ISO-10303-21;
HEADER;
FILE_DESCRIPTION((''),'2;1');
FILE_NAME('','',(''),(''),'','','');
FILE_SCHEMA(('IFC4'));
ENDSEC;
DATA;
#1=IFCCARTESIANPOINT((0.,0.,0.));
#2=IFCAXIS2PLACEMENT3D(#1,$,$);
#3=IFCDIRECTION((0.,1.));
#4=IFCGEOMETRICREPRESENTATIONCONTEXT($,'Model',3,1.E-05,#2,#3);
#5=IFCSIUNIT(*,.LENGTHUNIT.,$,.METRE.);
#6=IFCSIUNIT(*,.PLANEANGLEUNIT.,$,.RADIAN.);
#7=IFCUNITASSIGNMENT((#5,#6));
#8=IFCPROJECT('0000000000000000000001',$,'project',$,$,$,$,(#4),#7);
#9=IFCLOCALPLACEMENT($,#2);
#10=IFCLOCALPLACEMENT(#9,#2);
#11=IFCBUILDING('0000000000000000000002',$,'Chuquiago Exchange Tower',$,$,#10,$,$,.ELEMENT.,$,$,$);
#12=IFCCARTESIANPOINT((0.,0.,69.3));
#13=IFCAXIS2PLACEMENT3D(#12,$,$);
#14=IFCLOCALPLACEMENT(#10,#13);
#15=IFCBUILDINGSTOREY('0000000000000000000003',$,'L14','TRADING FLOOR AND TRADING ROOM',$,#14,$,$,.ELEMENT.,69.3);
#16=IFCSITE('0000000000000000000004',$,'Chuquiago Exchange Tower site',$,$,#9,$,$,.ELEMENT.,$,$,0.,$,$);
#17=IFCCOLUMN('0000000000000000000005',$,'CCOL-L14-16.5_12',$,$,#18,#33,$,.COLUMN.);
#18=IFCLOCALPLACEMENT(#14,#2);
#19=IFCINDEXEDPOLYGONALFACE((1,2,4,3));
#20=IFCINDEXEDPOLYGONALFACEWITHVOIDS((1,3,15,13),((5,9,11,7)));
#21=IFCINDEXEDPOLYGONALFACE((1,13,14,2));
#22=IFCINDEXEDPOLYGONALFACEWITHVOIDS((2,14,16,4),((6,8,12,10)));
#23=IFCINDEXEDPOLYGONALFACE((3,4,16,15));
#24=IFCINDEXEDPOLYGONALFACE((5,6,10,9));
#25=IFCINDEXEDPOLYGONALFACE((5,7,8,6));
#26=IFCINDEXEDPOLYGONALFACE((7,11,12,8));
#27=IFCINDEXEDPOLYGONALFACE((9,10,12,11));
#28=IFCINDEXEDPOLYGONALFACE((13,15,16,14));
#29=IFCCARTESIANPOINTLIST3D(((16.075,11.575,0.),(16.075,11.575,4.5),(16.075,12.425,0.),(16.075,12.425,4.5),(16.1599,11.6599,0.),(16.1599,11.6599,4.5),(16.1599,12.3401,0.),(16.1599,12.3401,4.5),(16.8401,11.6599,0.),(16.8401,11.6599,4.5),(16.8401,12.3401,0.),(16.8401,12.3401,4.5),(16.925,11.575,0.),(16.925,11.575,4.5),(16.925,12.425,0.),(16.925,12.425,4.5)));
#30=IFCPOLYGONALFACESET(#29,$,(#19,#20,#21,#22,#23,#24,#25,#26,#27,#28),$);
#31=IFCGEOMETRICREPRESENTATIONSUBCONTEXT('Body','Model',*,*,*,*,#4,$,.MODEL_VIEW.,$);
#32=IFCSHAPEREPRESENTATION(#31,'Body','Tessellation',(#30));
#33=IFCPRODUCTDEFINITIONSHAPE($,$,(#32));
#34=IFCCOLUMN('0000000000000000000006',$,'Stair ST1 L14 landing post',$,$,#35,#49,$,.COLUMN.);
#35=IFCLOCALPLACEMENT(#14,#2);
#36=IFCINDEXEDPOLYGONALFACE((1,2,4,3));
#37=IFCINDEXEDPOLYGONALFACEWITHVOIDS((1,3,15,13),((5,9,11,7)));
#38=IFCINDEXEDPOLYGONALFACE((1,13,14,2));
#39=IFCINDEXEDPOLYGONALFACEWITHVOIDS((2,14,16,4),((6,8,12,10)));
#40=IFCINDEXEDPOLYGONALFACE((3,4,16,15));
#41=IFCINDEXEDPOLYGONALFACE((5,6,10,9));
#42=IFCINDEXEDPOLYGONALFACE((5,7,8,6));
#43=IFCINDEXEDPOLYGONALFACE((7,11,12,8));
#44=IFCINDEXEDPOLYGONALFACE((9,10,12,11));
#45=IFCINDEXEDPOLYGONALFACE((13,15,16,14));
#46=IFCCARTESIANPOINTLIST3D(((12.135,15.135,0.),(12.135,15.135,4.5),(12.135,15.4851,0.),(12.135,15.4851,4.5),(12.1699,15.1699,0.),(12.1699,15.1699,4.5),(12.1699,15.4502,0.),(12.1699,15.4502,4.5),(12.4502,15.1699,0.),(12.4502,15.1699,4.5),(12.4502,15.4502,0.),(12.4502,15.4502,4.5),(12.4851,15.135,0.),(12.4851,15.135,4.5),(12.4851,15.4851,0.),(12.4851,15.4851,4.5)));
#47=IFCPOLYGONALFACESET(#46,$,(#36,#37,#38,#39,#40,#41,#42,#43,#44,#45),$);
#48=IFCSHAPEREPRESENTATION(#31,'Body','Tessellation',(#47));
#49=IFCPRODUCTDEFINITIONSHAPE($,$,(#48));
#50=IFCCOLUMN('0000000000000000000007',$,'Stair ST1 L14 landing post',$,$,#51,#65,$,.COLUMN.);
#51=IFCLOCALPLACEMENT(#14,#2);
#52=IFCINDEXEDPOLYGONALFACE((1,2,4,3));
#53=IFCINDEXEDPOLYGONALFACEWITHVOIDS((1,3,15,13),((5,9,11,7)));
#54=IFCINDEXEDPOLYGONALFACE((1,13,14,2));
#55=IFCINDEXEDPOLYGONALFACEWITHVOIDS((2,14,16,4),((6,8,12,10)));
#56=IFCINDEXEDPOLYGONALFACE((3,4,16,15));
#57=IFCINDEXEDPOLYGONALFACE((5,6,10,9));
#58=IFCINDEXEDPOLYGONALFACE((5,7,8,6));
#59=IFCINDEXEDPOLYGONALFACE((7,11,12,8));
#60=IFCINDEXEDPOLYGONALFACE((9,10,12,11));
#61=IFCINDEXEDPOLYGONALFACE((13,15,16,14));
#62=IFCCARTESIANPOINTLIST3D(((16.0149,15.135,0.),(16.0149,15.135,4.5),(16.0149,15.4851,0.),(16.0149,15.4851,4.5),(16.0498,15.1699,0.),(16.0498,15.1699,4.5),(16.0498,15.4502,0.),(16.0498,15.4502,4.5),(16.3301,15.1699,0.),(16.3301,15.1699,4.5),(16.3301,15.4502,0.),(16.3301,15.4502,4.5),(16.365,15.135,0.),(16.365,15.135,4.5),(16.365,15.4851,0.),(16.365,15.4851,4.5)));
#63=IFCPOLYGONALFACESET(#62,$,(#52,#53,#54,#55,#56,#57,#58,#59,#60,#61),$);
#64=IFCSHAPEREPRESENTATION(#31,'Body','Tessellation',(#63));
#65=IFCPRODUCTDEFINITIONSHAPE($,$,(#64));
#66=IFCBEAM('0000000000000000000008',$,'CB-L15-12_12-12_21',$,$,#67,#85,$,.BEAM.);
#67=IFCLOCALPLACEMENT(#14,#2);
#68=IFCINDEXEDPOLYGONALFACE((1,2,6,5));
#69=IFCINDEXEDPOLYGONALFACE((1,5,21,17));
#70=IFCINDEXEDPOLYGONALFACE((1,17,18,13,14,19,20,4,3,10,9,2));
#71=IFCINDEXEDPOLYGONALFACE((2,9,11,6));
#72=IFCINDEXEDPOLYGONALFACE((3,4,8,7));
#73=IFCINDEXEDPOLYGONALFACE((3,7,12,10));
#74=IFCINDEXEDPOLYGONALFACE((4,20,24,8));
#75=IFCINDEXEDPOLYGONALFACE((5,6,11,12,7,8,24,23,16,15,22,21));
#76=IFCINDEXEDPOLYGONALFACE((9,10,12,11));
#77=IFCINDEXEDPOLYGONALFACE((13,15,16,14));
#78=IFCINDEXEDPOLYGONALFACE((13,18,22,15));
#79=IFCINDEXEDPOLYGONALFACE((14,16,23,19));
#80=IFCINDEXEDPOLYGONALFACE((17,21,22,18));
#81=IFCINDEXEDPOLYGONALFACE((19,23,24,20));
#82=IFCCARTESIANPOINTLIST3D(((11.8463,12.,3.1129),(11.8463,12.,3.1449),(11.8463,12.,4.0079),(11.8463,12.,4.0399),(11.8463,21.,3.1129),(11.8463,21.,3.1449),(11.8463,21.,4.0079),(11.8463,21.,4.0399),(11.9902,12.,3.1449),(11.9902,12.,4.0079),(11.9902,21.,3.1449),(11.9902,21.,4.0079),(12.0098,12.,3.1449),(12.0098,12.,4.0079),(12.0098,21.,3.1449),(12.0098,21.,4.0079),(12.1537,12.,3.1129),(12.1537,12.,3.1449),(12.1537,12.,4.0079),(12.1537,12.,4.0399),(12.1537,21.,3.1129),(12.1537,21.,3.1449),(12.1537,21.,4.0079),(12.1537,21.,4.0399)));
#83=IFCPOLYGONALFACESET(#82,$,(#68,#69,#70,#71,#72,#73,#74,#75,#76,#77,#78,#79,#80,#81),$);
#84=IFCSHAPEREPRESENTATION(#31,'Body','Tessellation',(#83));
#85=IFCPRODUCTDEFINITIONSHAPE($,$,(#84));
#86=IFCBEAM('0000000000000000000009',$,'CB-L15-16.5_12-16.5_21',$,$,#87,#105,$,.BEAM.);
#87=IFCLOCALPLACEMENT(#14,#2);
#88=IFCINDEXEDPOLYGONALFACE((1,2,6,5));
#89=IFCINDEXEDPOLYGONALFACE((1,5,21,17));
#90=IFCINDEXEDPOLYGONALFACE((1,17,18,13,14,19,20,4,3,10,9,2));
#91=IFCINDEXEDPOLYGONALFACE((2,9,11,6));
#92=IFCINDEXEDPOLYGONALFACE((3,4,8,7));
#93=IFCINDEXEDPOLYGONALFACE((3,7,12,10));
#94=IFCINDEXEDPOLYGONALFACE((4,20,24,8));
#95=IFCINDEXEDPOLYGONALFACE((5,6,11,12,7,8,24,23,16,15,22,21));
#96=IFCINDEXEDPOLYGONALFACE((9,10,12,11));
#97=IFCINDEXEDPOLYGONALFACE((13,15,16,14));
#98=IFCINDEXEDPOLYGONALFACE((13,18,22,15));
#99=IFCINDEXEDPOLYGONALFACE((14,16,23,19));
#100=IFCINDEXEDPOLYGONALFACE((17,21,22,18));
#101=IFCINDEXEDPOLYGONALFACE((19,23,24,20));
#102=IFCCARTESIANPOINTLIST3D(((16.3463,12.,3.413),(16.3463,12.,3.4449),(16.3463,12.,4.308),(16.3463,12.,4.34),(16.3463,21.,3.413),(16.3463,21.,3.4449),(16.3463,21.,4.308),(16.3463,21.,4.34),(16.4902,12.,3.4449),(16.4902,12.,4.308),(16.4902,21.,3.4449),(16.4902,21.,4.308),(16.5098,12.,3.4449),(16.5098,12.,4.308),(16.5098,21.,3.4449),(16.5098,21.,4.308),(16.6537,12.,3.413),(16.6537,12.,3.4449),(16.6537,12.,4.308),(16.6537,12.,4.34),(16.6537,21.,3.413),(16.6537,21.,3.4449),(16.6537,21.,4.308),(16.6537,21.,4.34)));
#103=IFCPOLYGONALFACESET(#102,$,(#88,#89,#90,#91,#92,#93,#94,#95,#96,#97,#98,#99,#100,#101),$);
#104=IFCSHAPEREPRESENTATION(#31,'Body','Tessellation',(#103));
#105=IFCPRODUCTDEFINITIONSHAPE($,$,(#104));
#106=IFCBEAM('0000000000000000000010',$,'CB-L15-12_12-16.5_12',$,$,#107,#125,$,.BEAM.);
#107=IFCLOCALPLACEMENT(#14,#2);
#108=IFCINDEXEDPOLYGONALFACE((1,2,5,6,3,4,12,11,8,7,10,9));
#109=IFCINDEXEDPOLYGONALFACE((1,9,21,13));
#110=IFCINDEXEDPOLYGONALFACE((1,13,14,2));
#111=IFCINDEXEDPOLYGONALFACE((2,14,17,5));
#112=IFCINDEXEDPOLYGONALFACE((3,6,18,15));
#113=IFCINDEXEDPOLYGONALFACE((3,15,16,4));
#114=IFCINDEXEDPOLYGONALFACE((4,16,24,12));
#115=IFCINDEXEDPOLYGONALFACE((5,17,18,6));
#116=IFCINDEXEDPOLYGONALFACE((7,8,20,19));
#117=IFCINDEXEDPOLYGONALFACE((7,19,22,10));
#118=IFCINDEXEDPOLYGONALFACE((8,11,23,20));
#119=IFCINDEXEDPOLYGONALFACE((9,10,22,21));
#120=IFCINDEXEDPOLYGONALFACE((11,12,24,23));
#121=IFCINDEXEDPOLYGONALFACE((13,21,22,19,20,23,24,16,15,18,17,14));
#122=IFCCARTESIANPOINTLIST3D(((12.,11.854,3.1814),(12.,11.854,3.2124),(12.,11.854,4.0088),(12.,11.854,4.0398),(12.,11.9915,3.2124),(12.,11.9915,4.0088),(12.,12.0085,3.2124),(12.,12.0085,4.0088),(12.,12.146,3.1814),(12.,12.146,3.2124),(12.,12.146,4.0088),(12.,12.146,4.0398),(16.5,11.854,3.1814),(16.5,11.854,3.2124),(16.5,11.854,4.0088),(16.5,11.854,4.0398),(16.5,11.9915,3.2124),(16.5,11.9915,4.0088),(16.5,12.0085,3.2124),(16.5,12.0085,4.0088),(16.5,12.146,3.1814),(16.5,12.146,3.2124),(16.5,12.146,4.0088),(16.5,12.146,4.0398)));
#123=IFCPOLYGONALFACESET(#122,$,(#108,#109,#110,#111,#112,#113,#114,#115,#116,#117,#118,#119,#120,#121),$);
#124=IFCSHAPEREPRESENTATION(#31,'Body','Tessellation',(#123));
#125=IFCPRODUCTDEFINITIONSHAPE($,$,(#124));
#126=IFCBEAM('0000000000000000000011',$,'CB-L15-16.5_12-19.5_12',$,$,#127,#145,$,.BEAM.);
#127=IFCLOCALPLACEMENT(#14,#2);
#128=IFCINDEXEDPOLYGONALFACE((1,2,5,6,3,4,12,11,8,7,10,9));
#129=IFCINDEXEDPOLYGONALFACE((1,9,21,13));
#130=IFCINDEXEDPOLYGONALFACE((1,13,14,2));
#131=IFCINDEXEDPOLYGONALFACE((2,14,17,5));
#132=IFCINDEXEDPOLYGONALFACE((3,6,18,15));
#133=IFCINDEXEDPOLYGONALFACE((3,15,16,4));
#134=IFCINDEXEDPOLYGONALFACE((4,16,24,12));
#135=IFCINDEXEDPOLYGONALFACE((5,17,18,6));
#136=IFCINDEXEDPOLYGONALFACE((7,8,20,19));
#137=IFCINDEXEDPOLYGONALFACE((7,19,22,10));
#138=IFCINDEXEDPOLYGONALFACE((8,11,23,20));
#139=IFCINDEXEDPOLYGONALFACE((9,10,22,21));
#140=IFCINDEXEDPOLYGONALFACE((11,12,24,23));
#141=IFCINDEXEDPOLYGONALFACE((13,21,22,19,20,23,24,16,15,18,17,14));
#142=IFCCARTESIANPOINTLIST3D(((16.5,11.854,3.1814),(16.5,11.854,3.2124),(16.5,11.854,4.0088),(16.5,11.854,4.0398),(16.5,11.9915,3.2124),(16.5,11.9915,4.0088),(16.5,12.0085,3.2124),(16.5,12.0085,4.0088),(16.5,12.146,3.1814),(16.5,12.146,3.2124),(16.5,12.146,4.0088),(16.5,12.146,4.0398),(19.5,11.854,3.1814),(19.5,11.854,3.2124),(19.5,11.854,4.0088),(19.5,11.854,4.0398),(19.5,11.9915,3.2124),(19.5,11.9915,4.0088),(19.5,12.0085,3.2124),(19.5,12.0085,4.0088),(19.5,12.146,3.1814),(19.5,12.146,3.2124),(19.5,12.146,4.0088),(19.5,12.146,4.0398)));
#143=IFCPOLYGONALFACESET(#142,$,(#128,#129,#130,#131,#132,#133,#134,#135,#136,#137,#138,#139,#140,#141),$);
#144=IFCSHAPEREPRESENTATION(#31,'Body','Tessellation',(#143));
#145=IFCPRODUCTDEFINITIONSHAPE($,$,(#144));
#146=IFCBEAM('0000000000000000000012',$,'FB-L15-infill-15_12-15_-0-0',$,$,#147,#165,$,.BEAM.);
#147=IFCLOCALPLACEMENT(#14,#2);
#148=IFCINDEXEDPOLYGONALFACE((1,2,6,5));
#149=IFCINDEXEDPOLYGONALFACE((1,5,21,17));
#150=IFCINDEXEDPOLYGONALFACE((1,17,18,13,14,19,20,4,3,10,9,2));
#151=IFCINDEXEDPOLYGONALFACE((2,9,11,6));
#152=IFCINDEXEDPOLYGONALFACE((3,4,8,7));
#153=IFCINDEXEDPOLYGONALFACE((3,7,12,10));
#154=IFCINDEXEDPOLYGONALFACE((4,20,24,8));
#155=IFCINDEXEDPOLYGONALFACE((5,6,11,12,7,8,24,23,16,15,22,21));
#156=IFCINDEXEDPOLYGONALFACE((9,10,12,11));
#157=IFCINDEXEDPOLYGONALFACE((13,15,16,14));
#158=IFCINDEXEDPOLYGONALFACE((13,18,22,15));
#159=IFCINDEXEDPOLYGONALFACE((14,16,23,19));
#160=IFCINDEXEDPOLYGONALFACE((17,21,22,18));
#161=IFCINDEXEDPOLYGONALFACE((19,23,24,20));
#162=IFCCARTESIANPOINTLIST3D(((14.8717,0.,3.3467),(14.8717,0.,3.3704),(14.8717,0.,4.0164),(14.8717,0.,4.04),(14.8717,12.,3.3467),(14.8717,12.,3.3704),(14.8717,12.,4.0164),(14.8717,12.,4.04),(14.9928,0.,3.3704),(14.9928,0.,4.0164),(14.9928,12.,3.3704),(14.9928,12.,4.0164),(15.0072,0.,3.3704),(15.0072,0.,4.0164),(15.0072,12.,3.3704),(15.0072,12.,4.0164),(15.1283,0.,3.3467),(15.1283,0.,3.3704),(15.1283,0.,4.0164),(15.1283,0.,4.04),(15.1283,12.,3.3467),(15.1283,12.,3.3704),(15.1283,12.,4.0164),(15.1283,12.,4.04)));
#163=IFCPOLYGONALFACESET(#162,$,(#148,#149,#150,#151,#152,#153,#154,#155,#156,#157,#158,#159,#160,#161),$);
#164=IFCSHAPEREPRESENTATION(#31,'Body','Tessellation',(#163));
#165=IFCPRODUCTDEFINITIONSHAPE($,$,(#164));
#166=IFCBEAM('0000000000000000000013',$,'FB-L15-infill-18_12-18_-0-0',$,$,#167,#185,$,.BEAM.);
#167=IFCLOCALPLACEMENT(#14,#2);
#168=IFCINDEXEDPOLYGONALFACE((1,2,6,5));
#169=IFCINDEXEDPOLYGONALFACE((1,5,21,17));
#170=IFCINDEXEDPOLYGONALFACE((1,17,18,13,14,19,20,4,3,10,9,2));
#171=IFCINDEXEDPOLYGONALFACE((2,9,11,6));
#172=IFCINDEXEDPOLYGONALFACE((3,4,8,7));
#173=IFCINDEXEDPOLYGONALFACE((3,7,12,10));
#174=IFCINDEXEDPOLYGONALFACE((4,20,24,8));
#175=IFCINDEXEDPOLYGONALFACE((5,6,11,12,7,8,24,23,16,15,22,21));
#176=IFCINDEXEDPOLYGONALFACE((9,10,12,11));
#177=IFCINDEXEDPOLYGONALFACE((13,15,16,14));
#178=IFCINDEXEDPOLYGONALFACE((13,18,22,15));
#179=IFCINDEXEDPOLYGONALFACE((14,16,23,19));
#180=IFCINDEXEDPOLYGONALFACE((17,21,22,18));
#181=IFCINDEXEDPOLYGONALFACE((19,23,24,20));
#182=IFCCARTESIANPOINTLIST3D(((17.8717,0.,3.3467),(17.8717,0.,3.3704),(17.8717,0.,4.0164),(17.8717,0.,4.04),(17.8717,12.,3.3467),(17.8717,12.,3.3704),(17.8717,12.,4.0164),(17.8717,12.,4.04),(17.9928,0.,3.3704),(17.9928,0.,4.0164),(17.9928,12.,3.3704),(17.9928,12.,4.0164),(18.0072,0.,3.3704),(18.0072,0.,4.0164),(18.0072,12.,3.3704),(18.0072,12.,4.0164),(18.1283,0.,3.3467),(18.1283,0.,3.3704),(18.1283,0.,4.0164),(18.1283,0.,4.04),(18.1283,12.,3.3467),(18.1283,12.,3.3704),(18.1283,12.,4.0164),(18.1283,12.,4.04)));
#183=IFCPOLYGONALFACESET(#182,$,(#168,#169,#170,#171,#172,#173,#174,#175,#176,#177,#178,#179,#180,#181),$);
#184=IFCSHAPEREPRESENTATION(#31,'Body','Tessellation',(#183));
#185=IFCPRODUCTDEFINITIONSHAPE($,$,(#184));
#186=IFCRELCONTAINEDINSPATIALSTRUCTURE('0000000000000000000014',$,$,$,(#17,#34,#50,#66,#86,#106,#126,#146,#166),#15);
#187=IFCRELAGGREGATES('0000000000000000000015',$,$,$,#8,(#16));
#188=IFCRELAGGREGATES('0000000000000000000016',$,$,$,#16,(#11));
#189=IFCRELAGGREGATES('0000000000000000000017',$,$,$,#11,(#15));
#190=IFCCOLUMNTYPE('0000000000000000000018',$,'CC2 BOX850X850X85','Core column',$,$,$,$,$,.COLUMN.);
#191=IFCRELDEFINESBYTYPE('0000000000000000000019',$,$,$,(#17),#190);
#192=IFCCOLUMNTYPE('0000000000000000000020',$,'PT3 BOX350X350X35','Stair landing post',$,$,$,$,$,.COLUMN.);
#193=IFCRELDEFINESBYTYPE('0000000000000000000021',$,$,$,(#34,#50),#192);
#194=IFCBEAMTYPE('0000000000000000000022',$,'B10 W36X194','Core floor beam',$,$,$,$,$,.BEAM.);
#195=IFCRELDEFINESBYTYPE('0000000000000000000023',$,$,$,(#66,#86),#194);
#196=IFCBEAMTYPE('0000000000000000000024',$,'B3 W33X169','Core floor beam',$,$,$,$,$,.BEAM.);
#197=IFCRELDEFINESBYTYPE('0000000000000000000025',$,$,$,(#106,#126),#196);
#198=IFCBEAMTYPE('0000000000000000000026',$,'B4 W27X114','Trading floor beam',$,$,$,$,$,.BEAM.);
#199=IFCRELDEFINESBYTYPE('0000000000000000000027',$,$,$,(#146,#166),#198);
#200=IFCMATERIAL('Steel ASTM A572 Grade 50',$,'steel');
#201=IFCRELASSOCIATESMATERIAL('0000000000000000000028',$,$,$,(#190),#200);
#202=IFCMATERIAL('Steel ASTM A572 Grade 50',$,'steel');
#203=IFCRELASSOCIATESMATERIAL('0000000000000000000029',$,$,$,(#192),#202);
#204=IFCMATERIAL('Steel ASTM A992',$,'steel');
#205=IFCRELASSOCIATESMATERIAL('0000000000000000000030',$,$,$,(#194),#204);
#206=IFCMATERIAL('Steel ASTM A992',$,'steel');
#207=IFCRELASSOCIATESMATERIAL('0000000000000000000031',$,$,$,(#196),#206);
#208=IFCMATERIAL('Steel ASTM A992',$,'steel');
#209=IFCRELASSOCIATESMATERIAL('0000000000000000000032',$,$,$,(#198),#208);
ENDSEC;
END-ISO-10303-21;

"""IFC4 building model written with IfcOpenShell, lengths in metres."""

from ifc_helpers import new_model, si_unit, direction, frame, origin, origin_2d, place, context, subcontext, project, spatial, hollow_rectangle, i_section, extrude, material, material_profile, profile_set, type_object, element, save


model = new_model("IFC4")

# Units and contexts
model_context = context("Model", 3, precision=1e-05, world=origin(), true_north=direction((0.0, 1.0)))
body_context = subcontext(model_context, "Body", "Model", "MODEL_VIEW")
ifc_project = project(units=[si_unit("LENGTHUNIT", "METRE"), si_unit("PLANEANGLEUNIT", "RADIAN")], contexts=[model_context])

# Site, building, storey
site_placement = place(None, origin())
site = spatial("IfcSite", under=ifc_project, at=site_placement, Name="Chuquiago Exchange Tower site", CompositionType="ELEMENT", RefElevation=0.0)
building_placement = place(site_placement, origin())
building = spatial("IfcBuilding", under=site, at=building_placement, Name="Chuquiago Exchange Tower", CompositionType="ELEMENT")
storey_placement = place(building_placement, frame((0.0, 0.0, 69.3)))
storey = spatial("IfcBuildingStorey", under=building, at=storey_placement, Name="L14", Description="TRADING FLOOR AND TRADING ROOM", CompositionType="ELEMENT", Elevation=69.3)

# Columns
ifc_material_1 = material(Name="Steel ASTM A572 Grade 50", Category="steel")
ifc_material_profile_1 = material_profile(ifc_material_1, hollow_rectangle(XDim=0.8501, YDim=0.8501, WallThickness=0.085, at=origin_2d()), Name="BOX850X850X85")
ifc_profile_set_1 = profile_set([ifc_material_profile_1], Name="Steel ASTM A572 Grade 50")
column_type_1 = type_object("IfcColumnType", Name="CC2 BOX850X850X85", Description="Core column", PredefinedType="COLUMN", material=ifc_profile_set_1)
column_placement = place(storey_placement, frame((16.5, 12.0, 0.0), z_axis=(0.0, 0.0, 1.0), x_axis=(1.0, 0.0, 0.0)))
element("IfcColumn", 1, at=column_placement, inside=storey, type_object=column_type_1, Name="CCOL-L14-16.5_12", PredefinedType="COLUMN", context=body_context, shape_type="SweptSolid", body=[
    extrude(hollow_rectangle(XDim=0.8501, YDim=0.8501, WallThickness=0.085, at=origin_2d()), origin(), (0.0, 0.0, 1.0), 4.5),
])
ifc_material_2 = material(Name="Steel ASTM A572 Grade 50", Category="steel")
ifc_material_profile_2 = material_profile(ifc_material_2, hollow_rectangle(XDim=0.3501, YDim=0.3501, WallThickness=0.0349, at=origin_2d()), Name="BOX350X350X35")
ifc_profile_set_2 = profile_set([ifc_material_profile_2], Name="Steel ASTM A572 Grade 50")
column_type_2 = type_object("IfcColumnType", Name="PT3 BOX350X350X35", Description="Stair landing post", PredefinedType="COLUMN", material=ifc_profile_set_2)
for number, where, z_axis, x_axis, name in (
    (2, (12.3101, 15.3101, 0.0), (0.0, 0.0, 1.0), (1.0, 0.0, 0.0), "Stair ST1 L14 landing post"),
    (3, (16.1899, 15.3101, 0.0), (0.0, 0.0, 1.0), (1.0, 0.0, 0.0), "Stair ST1 L14 landing post"),
):
    element("IfcColumn", number, at=place(storey_placement, frame(where, z_axis=z_axis, x_axis=x_axis)), inside=storey, type_object=column_type_2, Name=name, PredefinedType="COLUMN", context=body_context, shape_type="SweptSolid", body=[
        extrude(hollow_rectangle(XDim=0.3501, YDim=0.3501, WallThickness=0.0349, at=origin_2d()), origin(), (0.0, 0.0, 1.0), 4.5),
    ])

# Beams
ifc_material_3 = material(Name="Steel ASTM A992", Category="steel")
ifc_material_profile_3 = material_profile(ifc_material_3, i_section(OverallWidth=0.3074, OverallDepth=0.927, WebThickness=0.0195, FlangeThickness=0.032, at=origin_2d()), Name="W36X194")
ifc_profile_set_3 = profile_set([ifc_material_profile_3], Name="Steel ASTM A992")
beam_type_1 = type_object("IfcBeamType", Name="B10 W36X194", Description="Core floor beam", PredefinedType="BEAM", material=ifc_profile_set_3)
for number, where, z_axis, x_axis, name in (
    (4, (12.0, 12.0, 3.5764), (0.0, 1.0, 0.0), (-1.0, 0.0, 0.0), "CB-L15-12_12-12_21"),
    (5, (16.5, 12.0, 3.8765), (0.0, 1.0, 0.0), (-1.0, 0.0, 0.0), "CB-L15-16.5_12-16.5_21"),
):
    element("IfcBeam", number, at=place(storey_placement, frame(where, z_axis=z_axis, x_axis=x_axis)), inside=storey, type_object=beam_type_1, Name=name, PredefinedType="BEAM", context=body_context, shape_type="SweptSolid", body=[
        extrude(i_section(OverallWidth=0.3074, OverallDepth=0.927, WebThickness=0.0195, FlangeThickness=0.032, at=origin_2d()), origin(), (0.0, 0.0, 1.0), 9.0),
    ])
ifc_material_4 = material(Name="Steel ASTM A992", Category="steel")
ifc_material_profile_4 = material_profile(ifc_material_4, i_section(OverallWidth=0.292, OverallDepth=0.8584, WebThickness=0.0171, FlangeThickness=0.031, at=origin_2d()), Name="W33X169")
ifc_profile_set_4 = profile_set([ifc_material_profile_4], Name="Steel ASTM A992")
beam_type_2 = type_object("IfcBeamType", Name="B3 W33X169", Description="Core floor beam", PredefinedType="BEAM", material=ifc_profile_set_4)
beam_1_placement = place(storey_placement, frame((12.0, 12.0, 3.6106), z_axis=(1.0, 0.0, 0.0), x_axis=(0.0, 1.0, 0.0)))
element("IfcBeam", 6, at=beam_1_placement, inside=storey, type_object=beam_type_2, Name="CB-L15-12_12-16.5_12", PredefinedType="BEAM", context=body_context, shape_type="SweptSolid", body=[
    extrude(i_section(OverallWidth=0.292, OverallDepth=0.8584, WebThickness=0.0171, FlangeThickness=0.031, at=origin_2d()), origin(), (0.0, 0.0, 1.0), 4.5),
])
beam_2_placement = place(storey_placement, frame((16.5, 12.0, 3.6106), z_axis=(1.0, 0.0, 0.0), x_axis=(0.0, 1.0, 0.0)))
element("IfcBeam", 7, at=beam_2_placement, inside=storey, type_object=beam_type_2, Name="CB-L15-16.5_12-19.5_12", PredefinedType="BEAM", context=body_context, shape_type="SweptSolid", body=[
    extrude(i_section(OverallWidth=0.292, OverallDepth=0.8584, WebThickness=0.0171, FlangeThickness=0.031, at=origin_2d()), origin(), (0.0, 0.0, 1.0), 3.0),
])
ifc_material_5 = material(Name="Steel ASTM A992", Category="steel")
ifc_material_profile_5 = material_profile(ifc_material_5, i_section(OverallWidth=0.2566, OverallDepth=0.6934, WebThickness=0.0144, FlangeThickness=0.0237, at=origin_2d()), Name="W27X114")
ifc_profile_set_5 = profile_set([ifc_material_profile_5], Name="Steel ASTM A992")
beam_type_3 = type_object("IfcBeamType", Name="B4 W27X114", Description="Trading floor beam", PredefinedType="BEAM", material=ifc_profile_set_5)
for number, where, z_axis, x_axis, name in (
    (8, (15.0, 12.0, 3.6934), (0.0, -1.0, 0.0), (1.0, 0.0, 0.0), "FB-L15-infill-15_12-15_-0-0"),
    (9, (18.0, 12.0, 3.6934), (0.0, -1.0, 0.0), (1.0, 0.0, 0.0), "FB-L15-infill-18_12-18_-0-0"),
):
    element("IfcBeam", number, at=place(storey_placement, frame(where, z_axis=z_axis, x_axis=x_axis)), inside=storey, type_object=beam_type_3, Name=name, PredefinedType="BEAM", context=body_context, shape_type="SweptSolid", body=[
        extrude(i_section(OverallWidth=0.2566, OverallDepth=0.6934, WebThickness=0.0144, FlangeThickness=0.0237, at=origin_2d()), origin(), (0.0, 0.0, 1.0), 12.0),
    ])

save(model, "model.ifc")
